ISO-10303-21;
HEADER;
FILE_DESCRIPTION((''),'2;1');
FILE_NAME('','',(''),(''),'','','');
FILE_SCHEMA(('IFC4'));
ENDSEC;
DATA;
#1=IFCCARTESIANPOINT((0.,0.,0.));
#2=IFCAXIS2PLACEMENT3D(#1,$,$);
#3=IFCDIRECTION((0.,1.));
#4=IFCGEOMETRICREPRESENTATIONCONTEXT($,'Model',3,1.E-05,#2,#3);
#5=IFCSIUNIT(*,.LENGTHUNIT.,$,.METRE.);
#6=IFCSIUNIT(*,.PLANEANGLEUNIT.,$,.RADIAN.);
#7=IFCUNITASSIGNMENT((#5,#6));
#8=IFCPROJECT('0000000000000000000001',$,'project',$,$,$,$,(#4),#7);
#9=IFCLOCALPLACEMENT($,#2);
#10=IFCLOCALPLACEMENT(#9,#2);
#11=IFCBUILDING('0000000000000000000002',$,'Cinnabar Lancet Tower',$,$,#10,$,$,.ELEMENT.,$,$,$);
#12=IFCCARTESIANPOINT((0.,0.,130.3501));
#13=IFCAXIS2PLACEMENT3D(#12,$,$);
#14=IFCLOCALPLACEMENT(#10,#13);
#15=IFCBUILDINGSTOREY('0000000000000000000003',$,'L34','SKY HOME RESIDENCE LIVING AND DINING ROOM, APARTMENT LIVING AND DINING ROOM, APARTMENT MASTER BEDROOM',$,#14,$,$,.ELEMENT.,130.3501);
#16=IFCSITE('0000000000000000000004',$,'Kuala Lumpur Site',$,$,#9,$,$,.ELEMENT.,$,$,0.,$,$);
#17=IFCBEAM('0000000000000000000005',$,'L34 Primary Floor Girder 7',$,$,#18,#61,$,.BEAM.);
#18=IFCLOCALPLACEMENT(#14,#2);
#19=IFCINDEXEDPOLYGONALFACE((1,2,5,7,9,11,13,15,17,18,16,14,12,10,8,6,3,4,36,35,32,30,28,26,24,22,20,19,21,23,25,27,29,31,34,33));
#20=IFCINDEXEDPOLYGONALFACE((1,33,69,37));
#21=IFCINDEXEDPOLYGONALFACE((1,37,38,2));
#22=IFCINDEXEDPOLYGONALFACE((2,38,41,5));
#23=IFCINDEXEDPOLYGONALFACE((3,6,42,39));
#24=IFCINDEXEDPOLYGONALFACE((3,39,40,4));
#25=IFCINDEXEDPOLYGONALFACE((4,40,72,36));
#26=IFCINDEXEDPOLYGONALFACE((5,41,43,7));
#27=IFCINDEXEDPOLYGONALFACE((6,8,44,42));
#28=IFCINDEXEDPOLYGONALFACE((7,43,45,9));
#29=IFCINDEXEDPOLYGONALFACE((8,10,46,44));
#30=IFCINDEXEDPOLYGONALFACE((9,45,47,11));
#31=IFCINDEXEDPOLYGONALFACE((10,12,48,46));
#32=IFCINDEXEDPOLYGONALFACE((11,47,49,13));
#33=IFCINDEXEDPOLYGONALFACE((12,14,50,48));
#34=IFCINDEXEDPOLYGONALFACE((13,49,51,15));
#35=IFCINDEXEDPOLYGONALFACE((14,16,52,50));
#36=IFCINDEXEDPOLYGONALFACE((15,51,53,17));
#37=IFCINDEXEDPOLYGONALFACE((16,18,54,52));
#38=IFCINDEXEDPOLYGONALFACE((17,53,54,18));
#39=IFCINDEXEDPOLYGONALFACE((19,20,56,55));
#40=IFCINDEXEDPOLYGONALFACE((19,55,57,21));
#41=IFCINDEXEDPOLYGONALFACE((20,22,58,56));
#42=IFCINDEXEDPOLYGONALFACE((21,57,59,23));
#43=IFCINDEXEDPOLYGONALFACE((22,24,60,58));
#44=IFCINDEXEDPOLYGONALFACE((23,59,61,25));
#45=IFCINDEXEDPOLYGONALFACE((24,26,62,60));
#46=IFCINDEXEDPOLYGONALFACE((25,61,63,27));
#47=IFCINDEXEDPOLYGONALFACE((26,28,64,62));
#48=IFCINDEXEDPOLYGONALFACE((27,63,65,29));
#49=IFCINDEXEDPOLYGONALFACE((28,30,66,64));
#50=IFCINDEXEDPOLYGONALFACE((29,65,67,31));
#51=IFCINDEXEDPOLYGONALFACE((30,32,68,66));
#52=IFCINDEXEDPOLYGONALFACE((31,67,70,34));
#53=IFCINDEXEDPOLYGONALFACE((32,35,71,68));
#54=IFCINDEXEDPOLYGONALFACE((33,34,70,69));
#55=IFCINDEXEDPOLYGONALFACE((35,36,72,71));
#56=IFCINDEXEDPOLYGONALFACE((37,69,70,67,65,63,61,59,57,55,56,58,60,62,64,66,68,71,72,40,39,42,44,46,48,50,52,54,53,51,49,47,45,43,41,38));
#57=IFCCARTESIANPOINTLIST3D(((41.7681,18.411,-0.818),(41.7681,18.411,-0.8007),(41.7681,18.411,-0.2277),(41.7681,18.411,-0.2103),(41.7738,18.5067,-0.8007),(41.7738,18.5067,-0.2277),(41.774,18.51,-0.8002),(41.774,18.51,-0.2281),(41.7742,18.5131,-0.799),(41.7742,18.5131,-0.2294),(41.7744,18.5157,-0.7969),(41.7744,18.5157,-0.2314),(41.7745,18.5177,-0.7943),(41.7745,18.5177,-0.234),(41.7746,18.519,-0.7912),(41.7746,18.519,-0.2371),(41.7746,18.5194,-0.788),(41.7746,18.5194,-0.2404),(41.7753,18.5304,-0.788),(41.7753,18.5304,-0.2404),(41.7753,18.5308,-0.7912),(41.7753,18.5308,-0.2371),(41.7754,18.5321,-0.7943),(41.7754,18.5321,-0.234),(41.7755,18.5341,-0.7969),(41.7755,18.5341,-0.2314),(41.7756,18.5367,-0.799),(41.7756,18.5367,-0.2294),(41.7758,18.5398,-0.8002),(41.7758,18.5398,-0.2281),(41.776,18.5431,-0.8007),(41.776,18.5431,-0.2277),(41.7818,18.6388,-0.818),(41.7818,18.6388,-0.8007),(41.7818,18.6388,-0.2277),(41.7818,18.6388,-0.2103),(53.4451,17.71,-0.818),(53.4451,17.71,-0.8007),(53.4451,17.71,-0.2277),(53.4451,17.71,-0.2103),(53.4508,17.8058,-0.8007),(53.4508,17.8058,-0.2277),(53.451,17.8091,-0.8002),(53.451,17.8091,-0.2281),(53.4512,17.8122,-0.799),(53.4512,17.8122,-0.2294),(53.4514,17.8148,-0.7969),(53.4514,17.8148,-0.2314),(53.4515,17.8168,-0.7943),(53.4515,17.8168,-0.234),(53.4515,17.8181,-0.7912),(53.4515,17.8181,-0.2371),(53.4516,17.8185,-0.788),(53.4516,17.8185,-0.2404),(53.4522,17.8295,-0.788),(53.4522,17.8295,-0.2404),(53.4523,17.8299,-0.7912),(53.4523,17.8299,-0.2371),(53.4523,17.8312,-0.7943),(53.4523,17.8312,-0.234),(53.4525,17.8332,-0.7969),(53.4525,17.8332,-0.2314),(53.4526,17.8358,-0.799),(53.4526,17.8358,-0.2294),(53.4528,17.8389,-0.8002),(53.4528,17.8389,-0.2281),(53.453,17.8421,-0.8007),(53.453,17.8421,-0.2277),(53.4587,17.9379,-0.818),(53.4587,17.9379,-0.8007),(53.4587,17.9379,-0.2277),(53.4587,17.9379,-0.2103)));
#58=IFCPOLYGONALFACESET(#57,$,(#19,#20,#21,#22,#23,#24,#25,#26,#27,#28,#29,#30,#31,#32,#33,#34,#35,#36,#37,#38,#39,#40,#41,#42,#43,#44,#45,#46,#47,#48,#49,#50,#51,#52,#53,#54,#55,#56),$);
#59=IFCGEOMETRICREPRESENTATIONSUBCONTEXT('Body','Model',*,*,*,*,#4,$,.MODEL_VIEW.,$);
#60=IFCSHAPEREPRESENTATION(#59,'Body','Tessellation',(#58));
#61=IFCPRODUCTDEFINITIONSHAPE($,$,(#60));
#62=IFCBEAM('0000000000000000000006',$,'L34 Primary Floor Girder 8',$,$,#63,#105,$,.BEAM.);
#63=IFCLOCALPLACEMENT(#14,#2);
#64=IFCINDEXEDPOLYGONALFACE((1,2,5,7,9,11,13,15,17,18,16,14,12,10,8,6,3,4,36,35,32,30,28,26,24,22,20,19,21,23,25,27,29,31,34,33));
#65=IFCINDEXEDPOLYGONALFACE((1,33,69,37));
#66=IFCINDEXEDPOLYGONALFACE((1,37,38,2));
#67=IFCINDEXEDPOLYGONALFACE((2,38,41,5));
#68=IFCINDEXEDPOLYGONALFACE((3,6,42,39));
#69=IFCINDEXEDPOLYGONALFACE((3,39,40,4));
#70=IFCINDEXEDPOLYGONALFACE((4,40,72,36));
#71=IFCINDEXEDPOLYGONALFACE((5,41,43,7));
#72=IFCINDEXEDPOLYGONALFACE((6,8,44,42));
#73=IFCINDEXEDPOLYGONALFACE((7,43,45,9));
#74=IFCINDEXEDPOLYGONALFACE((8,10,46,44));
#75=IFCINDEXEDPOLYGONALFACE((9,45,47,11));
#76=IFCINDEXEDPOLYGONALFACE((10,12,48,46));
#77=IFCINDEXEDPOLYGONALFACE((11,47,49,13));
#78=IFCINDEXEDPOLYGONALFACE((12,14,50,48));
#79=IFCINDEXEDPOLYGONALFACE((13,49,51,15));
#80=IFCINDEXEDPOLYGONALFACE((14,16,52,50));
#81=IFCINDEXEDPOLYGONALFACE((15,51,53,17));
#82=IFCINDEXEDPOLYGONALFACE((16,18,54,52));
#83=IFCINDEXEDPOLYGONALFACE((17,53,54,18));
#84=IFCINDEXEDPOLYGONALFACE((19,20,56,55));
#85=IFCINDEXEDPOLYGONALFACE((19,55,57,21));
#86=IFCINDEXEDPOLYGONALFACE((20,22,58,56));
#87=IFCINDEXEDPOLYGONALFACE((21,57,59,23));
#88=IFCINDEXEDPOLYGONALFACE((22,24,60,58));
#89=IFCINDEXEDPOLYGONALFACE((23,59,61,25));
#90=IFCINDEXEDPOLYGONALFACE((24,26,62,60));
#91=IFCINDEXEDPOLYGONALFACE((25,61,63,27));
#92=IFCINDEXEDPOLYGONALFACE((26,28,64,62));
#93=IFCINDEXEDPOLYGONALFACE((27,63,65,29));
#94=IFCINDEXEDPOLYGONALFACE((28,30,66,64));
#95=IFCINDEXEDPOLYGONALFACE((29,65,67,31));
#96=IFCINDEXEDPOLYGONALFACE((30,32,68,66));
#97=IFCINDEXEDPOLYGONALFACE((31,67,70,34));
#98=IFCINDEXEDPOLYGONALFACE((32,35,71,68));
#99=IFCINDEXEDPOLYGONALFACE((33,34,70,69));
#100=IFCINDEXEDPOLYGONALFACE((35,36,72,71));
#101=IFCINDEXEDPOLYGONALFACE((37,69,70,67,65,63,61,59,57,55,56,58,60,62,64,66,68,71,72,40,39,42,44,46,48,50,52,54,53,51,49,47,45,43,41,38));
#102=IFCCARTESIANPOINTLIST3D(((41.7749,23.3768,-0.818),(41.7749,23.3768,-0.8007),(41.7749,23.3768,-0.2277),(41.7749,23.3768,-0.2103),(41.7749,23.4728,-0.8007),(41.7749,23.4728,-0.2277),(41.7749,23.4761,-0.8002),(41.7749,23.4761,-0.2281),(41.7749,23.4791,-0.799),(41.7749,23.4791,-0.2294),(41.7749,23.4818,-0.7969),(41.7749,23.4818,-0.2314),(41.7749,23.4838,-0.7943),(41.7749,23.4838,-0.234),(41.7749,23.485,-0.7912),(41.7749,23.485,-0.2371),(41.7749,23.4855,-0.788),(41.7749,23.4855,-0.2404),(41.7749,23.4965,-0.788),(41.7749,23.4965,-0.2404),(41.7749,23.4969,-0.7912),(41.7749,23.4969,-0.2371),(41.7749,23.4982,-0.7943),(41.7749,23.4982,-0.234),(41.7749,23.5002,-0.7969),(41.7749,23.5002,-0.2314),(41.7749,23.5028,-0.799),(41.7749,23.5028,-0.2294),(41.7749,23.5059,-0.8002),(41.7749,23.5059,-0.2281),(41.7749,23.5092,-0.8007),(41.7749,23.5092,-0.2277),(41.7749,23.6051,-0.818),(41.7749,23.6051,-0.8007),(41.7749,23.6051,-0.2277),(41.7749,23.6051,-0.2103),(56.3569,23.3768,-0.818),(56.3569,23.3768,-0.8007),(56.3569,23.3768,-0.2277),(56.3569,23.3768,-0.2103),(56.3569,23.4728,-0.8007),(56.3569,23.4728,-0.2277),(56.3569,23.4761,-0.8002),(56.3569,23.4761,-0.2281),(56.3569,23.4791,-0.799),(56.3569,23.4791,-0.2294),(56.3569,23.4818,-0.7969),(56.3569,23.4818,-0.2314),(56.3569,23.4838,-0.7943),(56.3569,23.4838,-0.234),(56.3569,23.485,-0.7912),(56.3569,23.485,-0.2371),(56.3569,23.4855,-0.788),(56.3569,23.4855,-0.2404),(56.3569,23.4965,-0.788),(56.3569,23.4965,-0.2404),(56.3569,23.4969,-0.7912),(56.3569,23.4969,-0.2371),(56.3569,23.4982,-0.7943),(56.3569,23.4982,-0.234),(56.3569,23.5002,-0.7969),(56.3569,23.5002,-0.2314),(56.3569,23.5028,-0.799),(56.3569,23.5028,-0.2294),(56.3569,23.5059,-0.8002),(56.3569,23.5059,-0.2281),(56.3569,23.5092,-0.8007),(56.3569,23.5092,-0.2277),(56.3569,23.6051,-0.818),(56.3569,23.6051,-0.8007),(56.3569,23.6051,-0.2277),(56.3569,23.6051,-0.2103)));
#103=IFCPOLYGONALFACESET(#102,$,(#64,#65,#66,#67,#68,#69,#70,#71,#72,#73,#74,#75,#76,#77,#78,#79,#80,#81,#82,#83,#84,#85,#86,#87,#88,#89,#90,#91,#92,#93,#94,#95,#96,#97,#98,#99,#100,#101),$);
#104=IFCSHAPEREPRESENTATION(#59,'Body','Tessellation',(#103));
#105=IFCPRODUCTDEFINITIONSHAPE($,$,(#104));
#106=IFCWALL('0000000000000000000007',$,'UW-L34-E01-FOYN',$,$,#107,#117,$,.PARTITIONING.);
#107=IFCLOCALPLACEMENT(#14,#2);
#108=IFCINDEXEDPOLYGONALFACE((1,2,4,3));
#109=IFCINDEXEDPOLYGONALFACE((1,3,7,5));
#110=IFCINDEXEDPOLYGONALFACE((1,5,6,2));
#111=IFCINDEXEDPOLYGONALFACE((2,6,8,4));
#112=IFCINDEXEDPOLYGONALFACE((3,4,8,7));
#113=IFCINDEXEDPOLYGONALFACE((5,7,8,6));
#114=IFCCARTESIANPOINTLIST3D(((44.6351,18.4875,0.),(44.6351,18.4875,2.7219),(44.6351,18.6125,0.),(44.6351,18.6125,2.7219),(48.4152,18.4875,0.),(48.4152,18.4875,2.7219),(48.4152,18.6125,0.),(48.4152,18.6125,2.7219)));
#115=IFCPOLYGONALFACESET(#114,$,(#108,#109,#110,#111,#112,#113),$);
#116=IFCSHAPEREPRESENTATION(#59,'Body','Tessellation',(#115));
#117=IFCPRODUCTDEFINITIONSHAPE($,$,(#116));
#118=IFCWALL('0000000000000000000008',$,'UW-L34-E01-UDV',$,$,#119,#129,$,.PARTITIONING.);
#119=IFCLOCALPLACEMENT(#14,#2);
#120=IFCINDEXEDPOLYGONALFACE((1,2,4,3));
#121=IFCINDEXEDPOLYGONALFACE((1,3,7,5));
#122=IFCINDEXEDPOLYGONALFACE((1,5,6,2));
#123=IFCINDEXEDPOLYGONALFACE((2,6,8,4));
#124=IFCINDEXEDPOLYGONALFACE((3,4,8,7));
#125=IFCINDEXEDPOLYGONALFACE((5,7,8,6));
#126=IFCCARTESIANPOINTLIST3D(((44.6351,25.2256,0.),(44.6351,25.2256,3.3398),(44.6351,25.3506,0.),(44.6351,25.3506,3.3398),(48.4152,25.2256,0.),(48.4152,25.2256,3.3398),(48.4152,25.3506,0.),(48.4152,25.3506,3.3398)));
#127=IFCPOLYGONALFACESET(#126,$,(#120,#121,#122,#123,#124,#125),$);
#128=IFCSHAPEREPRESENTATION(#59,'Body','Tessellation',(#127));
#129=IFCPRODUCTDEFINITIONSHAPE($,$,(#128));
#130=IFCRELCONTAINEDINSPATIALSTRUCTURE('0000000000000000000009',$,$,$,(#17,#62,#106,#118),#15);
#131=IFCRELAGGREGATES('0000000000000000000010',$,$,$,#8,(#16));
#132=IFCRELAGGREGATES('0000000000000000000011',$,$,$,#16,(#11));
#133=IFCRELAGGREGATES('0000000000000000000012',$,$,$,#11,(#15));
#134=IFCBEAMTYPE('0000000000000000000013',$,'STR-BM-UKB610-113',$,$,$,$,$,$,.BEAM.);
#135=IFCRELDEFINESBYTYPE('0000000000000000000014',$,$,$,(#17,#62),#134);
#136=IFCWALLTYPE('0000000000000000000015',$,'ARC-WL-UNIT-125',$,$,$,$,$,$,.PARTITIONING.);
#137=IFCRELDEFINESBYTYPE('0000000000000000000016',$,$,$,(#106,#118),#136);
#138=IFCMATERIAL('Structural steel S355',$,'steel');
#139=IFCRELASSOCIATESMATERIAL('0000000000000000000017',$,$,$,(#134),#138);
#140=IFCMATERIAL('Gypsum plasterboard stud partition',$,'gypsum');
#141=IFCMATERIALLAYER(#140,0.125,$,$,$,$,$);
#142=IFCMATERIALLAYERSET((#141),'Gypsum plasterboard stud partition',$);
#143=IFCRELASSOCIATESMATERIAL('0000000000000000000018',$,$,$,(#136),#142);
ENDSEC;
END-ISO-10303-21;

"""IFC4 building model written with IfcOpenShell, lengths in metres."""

from ifc_helpers import new_model, si_unit, direction, frame, frame_2d, origin, origin_2d, place, context, subcontext, project, spatial, rectangle, i_section, extrude, material, layer, layer_set, material_profile, profile_set, type_object, element, save


model = new_model("IFC4")

# Units and contexts
model_context = context("Model", 3, precision=1e-05, world=origin(), true_north=direction((0.0, 1.0)))
body_context = subcontext(model_context, "Body", "Model", "MODEL_VIEW")
ifc_project = project(units=[si_unit("LENGTHUNIT", "METRE"), si_unit("PLANEANGLEUNIT", "RADIAN")], contexts=[model_context])

# Site, building, storey
site_placement = place(None, origin())
site = spatial("IfcSite", under=ifc_project, at=site_placement, Name="Kuala Lumpur Site", CompositionType="ELEMENT", RefElevation=0.0)
building_placement = place(site_placement, origin())
building = spatial("IfcBuilding", under=site, at=building_placement, Name="Cinnabar Lancet Tower", CompositionType="ELEMENT")
storey_placement = place(building_placement, frame((0.0, 0.0, 130.3501)))
storey = spatial("IfcBuildingStorey", under=building, at=storey_placement, Name="L34", Description="SKY HOME RESIDENCE LIVING AND DINING ROOM, APARTMENT LIVING AND DINING ROOM, APARTMENT MASTER BEDROOM", CompositionType="ELEMENT", Elevation=130.3501)

# Beams
ifc_material_1 = material(Name="Structural steel S355", Category="steel")
ifc_material_profile_1 = material_profile(ifc_material_1, i_section(OverallWidth=0.2283, OverallDepth=0.6077, WebThickness=0.011, FlangeThickness=0.0173, FilletRadius=0.0127, at=origin_2d()), Name="UKB 610x229x113")
ifc_profile_set_1 = profile_set([ifc_material_profile_1], Name="Structural steel S355")
beam_type_1 = type_object("IfcBeamType", Name="STR-BM-UKB610-113", PredefinedType="BEAM", material=ifc_profile_set_1)
beam_1_placement = place(storey_placement, frame((53.4519, 17.824, -0.5142), z_axis=(-0.998203, 0.059918, 0.0), x_axis=(-0.059918, -0.998203, 0.0)))
element("IfcBeam", 1, at=beam_1_placement, inside=storey, type_object=beam_type_1, Name="L34 Primary Floor Girder 7", PredefinedType="BEAM", context=body_context, shape_type="SweptSolid", body=[
    extrude(i_section(OverallWidth=0.2283, OverallDepth=0.6077, WebThickness=0.011, FlangeThickness=0.0173, FilletRadius=0.0127, at=origin_2d()), origin(), (0.0, 0.0, 1.0), 11.698),
])
beam_2_placement = place(storey_placement, frame((56.3569, 23.491, -0.5142), z_axis=(-1.0, 0.0, 0.0), x_axis=(0.0, -1.0, 0.0)))
element("IfcBeam", 2, at=beam_2_placement, inside=storey, type_object=beam_type_1, Name="L34 Primary Floor Girder 8", PredefinedType="BEAM", context=body_context, shape_type="SweptSolid", body=[
    extrude(i_section(OverallWidth=0.2283, OverallDepth=0.6077, WebThickness=0.011, FlangeThickness=0.0173, FilletRadius=0.0127, at=origin_2d()), origin(), (0.0, 0.0, 1.0), 14.582),
])

# Walls
ifc_material_2 = material(Name="Gypsum plasterboard stud partition", Category="gypsum")
ifc_layer_1 = layer(ifc_material_2, 0.125)
ifc_layer_set_1 = layer_set([ifc_layer_1], Name="Gypsum plasterboard stud partition")
wall_type_1 = type_object("IfcWallType", Name="ARC-WL-UNIT-125", PredefinedType="PARTITIONING", material=ifc_layer_set_1)
wall_1_placement = place(storey_placement, frame((44.635, 18.55, 0.0), z_axis=(0.0, 0.0, 1.0), x_axis=(1.0, 0.0, 0.0)))
element("IfcWall", 3, at=wall_1_placement, inside=storey, type_object=wall_type_1, Name="UW-L34-E01-FOYN", PredefinedType="PARTITIONING", context=body_context, shape_type="SweptSolid", body=[
    extrude(rectangle(XDim=3.78, YDim=0.125, at=frame_2d((1.8901, 0.0))), origin(), (0.0, 0.0, 1.0), 2.7219),
])
wall_2_placement = place(storey_placement, frame((44.635, 25.2881, 0.0), z_axis=(0.0, 0.0, 1.0), x_axis=(1.0, 0.0, 0.0)))
element("IfcWall", 4, at=wall_2_placement, inside=storey, type_object=wall_type_1, Name="UW-L34-E01-UDV", PredefinedType="PARTITIONING", context=body_context, shape_type="SweptSolid", body=[
    extrude(rectangle(XDim=3.78, YDim=0.125, at=frame_2d((1.8901, 0.0))), origin(), (0.0, 0.0, 1.0), 3.3398),
])

save(model, "model.ifc")
